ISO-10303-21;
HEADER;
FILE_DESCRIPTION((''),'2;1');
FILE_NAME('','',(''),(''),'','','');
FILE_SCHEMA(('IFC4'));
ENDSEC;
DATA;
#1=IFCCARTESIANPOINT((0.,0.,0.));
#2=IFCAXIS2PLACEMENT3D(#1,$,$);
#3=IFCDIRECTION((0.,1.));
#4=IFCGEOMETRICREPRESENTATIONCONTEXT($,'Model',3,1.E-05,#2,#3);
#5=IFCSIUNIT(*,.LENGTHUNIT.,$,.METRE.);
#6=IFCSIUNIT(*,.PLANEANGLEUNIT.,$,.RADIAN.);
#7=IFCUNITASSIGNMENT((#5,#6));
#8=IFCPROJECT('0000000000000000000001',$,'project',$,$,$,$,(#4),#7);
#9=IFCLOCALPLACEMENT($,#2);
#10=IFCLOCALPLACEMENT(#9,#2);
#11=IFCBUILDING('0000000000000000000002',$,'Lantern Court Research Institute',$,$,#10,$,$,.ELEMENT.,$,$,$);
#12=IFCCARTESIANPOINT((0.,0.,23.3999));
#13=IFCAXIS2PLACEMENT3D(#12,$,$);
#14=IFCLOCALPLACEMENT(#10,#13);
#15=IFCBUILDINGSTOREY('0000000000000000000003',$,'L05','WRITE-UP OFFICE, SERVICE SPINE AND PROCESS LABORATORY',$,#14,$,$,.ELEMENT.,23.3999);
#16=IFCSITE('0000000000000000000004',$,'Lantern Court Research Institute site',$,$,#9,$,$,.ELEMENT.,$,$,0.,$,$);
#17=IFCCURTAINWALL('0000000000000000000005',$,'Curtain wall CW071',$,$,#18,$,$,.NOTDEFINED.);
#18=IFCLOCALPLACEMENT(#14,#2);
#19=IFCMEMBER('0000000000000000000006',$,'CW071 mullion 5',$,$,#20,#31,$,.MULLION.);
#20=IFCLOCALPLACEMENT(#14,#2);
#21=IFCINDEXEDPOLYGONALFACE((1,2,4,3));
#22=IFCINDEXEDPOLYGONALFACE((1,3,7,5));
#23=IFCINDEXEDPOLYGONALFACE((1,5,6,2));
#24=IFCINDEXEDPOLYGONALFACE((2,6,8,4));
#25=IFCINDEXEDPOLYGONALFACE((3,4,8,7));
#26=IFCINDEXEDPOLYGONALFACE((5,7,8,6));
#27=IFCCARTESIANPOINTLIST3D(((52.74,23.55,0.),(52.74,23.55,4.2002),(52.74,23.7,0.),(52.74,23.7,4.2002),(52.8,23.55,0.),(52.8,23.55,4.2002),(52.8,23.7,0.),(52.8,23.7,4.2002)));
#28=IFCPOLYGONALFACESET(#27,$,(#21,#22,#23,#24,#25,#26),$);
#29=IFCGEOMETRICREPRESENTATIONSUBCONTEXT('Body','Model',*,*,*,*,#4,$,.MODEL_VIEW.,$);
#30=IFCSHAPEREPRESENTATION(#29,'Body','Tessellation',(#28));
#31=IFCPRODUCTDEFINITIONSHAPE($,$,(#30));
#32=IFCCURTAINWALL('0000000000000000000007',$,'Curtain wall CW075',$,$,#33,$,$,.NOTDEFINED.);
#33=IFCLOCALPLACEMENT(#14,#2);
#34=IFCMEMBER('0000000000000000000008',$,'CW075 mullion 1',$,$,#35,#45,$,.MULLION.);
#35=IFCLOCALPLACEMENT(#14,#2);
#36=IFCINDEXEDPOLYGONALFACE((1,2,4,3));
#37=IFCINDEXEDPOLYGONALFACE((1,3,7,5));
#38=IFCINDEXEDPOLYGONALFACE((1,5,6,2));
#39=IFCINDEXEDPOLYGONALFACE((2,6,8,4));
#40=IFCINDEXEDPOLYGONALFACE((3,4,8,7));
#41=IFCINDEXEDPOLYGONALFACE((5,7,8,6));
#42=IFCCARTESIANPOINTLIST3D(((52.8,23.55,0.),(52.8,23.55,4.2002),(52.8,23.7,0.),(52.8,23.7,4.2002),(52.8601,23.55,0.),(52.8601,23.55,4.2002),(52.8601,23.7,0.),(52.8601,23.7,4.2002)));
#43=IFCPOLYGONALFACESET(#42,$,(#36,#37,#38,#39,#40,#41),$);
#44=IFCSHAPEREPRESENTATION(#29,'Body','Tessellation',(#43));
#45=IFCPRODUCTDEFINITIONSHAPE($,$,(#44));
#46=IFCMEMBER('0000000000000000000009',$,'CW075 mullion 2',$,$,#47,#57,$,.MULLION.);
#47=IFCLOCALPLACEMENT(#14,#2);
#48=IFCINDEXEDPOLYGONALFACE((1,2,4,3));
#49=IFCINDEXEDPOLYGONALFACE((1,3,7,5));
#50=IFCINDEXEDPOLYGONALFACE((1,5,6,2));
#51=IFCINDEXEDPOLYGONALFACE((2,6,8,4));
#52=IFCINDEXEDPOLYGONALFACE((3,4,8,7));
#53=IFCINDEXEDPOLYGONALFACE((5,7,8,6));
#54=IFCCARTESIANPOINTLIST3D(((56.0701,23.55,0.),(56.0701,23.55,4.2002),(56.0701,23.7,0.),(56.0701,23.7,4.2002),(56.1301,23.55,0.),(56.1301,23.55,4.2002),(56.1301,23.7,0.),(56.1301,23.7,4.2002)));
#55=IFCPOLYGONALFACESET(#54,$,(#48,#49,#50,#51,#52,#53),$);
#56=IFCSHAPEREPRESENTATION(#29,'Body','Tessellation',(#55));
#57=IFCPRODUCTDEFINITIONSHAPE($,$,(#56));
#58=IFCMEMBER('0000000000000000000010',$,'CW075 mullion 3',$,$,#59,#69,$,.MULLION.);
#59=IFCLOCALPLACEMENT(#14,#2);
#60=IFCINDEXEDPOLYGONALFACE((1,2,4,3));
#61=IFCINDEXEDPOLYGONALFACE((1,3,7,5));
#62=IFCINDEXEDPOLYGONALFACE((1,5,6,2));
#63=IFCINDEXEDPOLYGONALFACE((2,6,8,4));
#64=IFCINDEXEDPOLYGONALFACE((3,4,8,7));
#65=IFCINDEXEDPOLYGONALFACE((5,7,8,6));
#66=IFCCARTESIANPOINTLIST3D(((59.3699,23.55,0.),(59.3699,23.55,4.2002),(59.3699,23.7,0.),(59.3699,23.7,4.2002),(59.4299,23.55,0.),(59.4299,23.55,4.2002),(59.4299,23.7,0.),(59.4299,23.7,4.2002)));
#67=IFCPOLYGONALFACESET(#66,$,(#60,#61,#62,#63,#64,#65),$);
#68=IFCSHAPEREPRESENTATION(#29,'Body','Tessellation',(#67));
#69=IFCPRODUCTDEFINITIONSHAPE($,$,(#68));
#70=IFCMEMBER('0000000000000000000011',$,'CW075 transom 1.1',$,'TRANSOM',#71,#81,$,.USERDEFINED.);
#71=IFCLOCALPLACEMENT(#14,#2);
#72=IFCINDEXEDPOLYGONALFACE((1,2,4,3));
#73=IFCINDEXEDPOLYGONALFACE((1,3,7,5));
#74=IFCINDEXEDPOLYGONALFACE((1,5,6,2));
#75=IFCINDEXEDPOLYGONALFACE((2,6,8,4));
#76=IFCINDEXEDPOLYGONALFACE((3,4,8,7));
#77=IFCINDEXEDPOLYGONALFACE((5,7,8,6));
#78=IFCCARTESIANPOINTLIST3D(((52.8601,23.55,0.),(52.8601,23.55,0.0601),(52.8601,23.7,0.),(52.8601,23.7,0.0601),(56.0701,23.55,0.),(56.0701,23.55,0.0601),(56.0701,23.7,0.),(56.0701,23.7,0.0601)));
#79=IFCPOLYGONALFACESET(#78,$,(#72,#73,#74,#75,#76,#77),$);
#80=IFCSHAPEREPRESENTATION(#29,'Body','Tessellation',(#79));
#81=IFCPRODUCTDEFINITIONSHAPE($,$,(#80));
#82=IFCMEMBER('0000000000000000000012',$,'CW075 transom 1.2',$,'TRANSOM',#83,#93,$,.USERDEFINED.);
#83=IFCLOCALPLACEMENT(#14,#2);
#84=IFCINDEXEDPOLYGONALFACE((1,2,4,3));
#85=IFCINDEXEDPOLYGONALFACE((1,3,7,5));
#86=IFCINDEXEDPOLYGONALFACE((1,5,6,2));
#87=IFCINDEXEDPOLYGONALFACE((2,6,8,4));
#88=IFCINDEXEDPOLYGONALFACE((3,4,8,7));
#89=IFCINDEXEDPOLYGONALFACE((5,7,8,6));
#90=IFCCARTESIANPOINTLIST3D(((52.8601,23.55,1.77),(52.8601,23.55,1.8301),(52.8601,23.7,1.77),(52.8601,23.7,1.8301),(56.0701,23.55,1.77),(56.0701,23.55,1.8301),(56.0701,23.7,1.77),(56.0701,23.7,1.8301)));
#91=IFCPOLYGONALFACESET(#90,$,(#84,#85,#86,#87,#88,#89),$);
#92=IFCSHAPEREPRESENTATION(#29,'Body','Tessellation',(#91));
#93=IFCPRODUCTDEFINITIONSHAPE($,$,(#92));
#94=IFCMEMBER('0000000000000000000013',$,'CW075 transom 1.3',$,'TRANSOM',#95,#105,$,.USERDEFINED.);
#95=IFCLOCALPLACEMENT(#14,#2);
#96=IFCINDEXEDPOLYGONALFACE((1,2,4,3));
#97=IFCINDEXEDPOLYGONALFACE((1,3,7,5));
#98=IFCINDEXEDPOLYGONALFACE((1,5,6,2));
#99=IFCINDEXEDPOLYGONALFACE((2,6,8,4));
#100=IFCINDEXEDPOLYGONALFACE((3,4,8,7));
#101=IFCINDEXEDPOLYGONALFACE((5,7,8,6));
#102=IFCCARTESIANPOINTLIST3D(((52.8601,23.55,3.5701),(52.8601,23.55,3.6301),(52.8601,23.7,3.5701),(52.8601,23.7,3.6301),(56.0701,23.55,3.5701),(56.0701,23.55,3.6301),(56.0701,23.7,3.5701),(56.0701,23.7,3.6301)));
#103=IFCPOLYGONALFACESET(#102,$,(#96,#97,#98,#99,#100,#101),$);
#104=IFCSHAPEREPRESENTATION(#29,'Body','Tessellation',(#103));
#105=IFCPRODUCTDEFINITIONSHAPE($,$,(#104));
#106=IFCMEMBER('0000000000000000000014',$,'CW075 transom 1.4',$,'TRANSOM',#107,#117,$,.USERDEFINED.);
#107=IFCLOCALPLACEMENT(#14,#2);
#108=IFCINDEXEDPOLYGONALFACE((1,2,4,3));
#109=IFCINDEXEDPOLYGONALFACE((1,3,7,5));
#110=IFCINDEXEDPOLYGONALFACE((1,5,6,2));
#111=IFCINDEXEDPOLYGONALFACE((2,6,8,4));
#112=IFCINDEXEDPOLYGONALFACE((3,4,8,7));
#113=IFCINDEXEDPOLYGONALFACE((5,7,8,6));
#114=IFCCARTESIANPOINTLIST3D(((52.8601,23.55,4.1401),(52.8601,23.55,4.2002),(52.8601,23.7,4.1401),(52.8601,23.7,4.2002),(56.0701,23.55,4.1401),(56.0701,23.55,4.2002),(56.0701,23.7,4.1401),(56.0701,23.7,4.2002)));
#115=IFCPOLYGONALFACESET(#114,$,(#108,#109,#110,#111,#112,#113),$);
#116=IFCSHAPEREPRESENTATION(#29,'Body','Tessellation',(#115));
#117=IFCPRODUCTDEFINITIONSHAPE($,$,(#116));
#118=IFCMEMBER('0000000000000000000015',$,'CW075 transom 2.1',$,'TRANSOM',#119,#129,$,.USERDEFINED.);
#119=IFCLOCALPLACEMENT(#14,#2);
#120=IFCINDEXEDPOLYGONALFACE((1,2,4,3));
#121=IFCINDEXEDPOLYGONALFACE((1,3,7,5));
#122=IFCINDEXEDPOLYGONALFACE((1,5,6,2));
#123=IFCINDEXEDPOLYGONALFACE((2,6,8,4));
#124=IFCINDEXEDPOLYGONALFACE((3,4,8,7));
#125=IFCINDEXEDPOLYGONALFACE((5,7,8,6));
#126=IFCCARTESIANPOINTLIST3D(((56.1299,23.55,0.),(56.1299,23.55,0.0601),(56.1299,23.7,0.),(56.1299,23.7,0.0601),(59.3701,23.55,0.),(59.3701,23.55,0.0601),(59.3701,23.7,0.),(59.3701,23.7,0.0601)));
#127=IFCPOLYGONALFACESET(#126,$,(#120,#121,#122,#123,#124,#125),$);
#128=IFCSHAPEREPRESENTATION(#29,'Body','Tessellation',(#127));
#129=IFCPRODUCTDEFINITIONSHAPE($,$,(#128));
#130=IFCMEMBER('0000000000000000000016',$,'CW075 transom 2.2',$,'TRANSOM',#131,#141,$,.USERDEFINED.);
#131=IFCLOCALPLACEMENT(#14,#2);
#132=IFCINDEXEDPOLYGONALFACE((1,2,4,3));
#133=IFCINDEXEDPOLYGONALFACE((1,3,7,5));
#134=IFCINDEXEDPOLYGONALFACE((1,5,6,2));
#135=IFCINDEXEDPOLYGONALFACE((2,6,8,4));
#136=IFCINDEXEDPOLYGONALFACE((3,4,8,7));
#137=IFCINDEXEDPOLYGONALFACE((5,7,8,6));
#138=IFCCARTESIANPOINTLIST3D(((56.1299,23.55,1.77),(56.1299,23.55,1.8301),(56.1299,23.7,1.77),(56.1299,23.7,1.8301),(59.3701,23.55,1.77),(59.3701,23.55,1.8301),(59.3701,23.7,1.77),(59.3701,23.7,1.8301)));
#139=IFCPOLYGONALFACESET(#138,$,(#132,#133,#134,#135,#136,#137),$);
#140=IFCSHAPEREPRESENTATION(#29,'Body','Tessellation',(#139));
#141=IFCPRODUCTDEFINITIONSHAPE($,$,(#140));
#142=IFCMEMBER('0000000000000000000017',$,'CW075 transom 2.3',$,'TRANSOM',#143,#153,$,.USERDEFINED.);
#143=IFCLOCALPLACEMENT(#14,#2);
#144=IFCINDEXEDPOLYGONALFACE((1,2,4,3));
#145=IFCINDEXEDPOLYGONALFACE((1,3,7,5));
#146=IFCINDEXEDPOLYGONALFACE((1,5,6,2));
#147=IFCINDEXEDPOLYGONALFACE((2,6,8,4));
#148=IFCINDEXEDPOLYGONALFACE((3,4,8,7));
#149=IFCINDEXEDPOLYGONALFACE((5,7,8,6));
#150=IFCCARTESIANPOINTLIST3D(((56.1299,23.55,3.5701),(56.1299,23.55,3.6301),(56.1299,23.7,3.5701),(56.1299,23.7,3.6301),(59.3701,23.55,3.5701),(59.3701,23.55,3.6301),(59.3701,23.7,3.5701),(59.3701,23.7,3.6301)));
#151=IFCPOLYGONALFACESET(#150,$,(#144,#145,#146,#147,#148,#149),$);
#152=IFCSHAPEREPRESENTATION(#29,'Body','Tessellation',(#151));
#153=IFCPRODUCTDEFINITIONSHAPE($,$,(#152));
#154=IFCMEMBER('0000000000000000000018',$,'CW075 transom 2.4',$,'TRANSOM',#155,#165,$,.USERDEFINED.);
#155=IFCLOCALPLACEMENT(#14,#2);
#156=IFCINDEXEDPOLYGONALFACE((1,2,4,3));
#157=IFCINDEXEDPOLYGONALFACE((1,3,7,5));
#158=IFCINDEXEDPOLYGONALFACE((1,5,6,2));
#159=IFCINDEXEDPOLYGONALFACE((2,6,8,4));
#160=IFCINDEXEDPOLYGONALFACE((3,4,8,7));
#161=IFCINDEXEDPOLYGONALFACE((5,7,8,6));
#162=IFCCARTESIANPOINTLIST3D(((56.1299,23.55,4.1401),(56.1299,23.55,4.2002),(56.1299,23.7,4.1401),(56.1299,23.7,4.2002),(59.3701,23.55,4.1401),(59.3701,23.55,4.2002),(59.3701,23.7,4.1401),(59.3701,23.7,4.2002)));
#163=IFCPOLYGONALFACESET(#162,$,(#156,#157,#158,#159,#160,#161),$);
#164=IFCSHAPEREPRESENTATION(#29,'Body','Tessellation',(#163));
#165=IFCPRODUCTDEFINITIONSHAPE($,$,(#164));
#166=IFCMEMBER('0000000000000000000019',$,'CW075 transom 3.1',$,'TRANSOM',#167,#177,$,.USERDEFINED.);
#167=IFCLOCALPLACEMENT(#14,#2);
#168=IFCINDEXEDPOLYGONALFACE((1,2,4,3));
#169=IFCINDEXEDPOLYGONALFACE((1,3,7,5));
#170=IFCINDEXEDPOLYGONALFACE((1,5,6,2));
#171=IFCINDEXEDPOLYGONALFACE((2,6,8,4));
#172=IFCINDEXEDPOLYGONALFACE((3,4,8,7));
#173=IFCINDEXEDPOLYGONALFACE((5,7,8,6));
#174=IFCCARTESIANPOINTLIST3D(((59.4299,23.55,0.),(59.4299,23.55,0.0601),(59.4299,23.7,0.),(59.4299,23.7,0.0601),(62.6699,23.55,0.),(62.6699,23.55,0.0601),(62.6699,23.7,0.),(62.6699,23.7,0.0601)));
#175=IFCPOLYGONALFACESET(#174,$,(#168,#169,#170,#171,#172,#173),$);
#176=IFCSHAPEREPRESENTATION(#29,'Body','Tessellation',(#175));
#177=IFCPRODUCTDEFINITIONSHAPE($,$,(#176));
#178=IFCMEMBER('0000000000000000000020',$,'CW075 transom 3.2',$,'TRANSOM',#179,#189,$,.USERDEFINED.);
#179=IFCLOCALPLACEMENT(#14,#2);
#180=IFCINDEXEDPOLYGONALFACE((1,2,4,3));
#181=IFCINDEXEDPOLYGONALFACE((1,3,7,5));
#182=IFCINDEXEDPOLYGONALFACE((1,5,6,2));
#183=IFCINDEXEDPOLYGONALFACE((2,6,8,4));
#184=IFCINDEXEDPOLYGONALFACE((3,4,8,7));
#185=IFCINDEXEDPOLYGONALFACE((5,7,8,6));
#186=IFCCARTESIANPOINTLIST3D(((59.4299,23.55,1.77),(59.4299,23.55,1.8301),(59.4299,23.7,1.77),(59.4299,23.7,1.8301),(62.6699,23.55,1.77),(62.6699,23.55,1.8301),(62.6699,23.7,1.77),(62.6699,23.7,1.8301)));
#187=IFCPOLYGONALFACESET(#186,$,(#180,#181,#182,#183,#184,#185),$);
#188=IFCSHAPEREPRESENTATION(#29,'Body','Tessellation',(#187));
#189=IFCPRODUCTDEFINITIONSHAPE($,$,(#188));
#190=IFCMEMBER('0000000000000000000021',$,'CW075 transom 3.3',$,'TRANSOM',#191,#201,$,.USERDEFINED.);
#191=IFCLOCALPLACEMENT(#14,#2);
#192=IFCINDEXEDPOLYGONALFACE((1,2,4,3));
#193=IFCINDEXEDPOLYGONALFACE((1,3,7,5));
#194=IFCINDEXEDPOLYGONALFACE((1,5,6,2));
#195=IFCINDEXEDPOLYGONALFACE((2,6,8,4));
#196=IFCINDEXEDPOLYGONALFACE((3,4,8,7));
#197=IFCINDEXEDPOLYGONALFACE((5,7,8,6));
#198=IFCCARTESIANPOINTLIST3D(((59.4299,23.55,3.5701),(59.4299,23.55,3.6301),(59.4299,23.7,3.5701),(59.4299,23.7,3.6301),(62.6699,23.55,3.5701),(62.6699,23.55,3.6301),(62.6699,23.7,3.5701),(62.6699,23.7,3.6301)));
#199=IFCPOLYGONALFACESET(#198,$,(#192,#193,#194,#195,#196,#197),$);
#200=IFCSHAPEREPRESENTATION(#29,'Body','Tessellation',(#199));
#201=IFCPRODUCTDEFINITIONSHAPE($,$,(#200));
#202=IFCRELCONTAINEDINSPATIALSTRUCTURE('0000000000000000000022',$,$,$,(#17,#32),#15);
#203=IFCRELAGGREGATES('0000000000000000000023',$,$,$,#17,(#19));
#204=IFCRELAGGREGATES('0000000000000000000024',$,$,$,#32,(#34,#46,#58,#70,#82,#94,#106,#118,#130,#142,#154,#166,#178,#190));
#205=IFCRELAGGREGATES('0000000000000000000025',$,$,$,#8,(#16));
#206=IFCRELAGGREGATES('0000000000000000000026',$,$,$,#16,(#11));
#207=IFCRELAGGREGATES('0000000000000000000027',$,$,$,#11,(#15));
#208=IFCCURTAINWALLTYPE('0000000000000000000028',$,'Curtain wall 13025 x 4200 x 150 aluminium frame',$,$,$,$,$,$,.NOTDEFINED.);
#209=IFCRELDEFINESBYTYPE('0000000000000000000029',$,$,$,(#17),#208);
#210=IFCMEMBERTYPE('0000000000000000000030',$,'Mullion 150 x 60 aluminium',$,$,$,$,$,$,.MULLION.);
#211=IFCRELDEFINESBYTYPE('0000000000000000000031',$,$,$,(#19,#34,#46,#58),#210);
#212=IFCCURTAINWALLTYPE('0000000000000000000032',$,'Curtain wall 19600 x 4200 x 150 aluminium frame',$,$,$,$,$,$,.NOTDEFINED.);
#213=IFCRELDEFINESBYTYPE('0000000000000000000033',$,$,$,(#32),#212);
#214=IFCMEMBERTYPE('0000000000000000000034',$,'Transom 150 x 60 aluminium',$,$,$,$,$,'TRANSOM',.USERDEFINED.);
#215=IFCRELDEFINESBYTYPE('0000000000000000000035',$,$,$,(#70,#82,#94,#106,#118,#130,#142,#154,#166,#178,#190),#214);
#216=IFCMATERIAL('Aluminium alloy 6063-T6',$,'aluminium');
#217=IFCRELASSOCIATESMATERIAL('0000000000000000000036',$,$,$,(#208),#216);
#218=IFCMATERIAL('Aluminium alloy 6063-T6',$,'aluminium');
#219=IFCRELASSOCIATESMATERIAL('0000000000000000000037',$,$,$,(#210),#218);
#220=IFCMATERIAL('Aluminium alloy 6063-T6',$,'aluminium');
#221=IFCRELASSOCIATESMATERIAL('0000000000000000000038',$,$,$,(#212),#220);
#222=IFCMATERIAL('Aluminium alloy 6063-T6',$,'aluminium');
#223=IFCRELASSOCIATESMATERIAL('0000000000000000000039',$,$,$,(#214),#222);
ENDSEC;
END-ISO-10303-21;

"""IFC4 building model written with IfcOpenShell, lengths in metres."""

from ifc_helpers import new_model, si_unit, direction, frame, origin, origin_2d, place, context, subcontext, project, spatial, rectangle, extrude, material, material_profile, profile_set, type_object, element, aggregate, save


model = new_model("IFC4")

# Units and contexts
model_context = context("Model", 3, precision=1e-05, world=origin(), true_north=direction((0.0, 1.0)))
body_context = subcontext(model_context, "Body", "Model", "MODEL_VIEW")
ifc_project = project(units=[si_unit("LENGTHUNIT", "METRE"), si_unit("PLANEANGLEUNIT", "RADIAN")], contexts=[model_context])

# Site, building, storey
site_placement = place(None, origin())
site = spatial("IfcSite", under=ifc_project, at=site_placement, Name="Lantern Court Research Institute site", CompositionType="ELEMENT", RefElevation=0.0)
building_placement = place(site_placement, origin())
building = spatial("IfcBuilding", under=site, at=building_placement, Name="Lantern Court Research Institute", CompositionType="ELEMENT")
storey_placement = place(building_placement, frame((0.0, 0.0, 23.3999)))
storey = spatial("IfcBuildingStorey", under=building, at=storey_placement, Name="L05", Description="WRITE-UP OFFICE, SERVICE SPINE AND PROCESS LABORATORY", CompositionType="ELEMENT", Elevation=23.3999)

# Curtain wall, member
ifc_material_1 = material(Name="Aluminium alloy 6063-T6", Category="aluminium")
curtain_wall_type_1 = type_object("IfcCurtainWallType", Name="Curtain wall 13025 x 4200 x 150 aluminium frame", PredefinedType="NOTDEFINED", material=ifc_material_1)
curtain_wall_1_placement = place(storey_placement, origin())
curtain_wall_1 = element("IfcCurtainWall", 1, at=curtain_wall_1_placement, inside=storey, type_object=curtain_wall_type_1, Name="Curtain wall CW071", PredefinedType="NOTDEFINED")
ifc_material_2 = material(Name="Aluminium alloy 6063-T6", Category="aluminium")
ifc_material_profile_1 = material_profile(ifc_material_2, rectangle(XDim=0.1499, YDim=0.0601, at=origin_2d()), Name="Mullion 150 x 60")
ifc_profile_set_1 = profile_set([ifc_material_profile_1], Name="Aluminium alloy 6063-T6")
member_type_1 = type_object("IfcMemberType", Name="Mullion 150 x 60 aluminium", PredefinedType="MULLION", material=ifc_profile_set_1)
member_1_placement = place(storey_placement, frame((52.77, 23.625, 0.0), z_axis=(0.0, 0.0, 1.0), x_axis=(0.0, 1.0, 0.0)))
member_1 = element("IfcMember", 2, at=member_1_placement, type_object=member_type_1, Name="CW071 mullion 5", PredefinedType="MULLION", context=body_context, shape_type="SweptSolid", body=[
    extrude(rectangle(XDim=0.1499, YDim=0.0601, at=origin_2d()), origin(), (0.0, 0.0, 1.0), 4.2002),
])

# Curtain wall, members
ifc_material_3 = material(Name="Aluminium alloy 6063-T6", Category="aluminium")
curtain_wall_type_2 = type_object("IfcCurtainWallType", Name="Curtain wall 19600 x 4200 x 150 aluminium frame", PredefinedType="NOTDEFINED", material=ifc_material_3)
curtain_wall_2_placement = place(storey_placement, origin())
curtain_wall_2 = element("IfcCurtainWall", 3, at=curtain_wall_2_placement, inside=storey, type_object=curtain_wall_type_2, Name="Curtain wall CW075", PredefinedType="NOTDEFINED")
member_2_placement = place(storey_placement, frame((52.8301, 23.625, 0.0), z_axis=(0.0, 0.0, 1.0), x_axis=(0.0, 1.0, 0.0)))
member_2 = element("IfcMember", 4, at=member_2_placement, type_object=member_type_1, Name="CW075 mullion 1", PredefinedType="MULLION", context=body_context, shape_type="SweptSolid", body=[
    extrude(rectangle(XDim=0.1499, YDim=0.0601, at=origin_2d()), origin(), (0.0, 0.0, 1.0), 4.2002),
])
member_3_placement = place(storey_placement, frame((56.1001, 23.625, 0.0), z_axis=(0.0, 0.0, 1.0), x_axis=(0.0, 1.0, 0.0)))
member_3 = element("IfcMember", 5, at=member_3_placement, type_object=member_type_1, Name="CW075 mullion 2", PredefinedType="MULLION", context=body_context, shape_type="SweptSolid", body=[
    extrude(rectangle(XDim=0.1499, YDim=0.0601, at=origin_2d()), origin(), (0.0, 0.0, 1.0), 4.2002),
])
member_4_placement = place(storey_placement, frame((59.3999, 23.625, 0.0), z_axis=(0.0, 0.0, 1.0), x_axis=(0.0, 1.0, 0.0)))
member_4 = element("IfcMember", 6, at=member_4_placement, type_object=member_type_1, Name="CW075 mullion 3", PredefinedType="MULLION", context=body_context, shape_type="SweptSolid", body=[
    extrude(rectangle(XDim=0.1499, YDim=0.0601, at=origin_2d()), origin(), (0.0, 0.0, 1.0), 4.2002),
])
ifc_material_4 = material(Name="Aluminium alloy 6063-T6", Category="aluminium")
ifc_material_profile_2 = material_profile(ifc_material_4, rectangle(XDim=0.1499, YDim=0.0601, at=origin_2d()), Name="Transom 150 x 60")
ifc_profile_set_2 = profile_set([ifc_material_profile_2], Name="Aluminium alloy 6063-T6")
member_type_2 = type_object("IfcMemberType", Name="Transom 150 x 60 aluminium", ElementType="TRANSOM", PredefinedType="USERDEFINED", material=ifc_profile_set_2)
member_5_placement = place(storey_placement, frame((52.8601, 23.625, 0.03), z_axis=(1.0, 0.0, 0.0), x_axis=(0.0, 1.0, 0.0)))
member_5 = element("IfcMember", 7, at=member_5_placement, type_object=member_type_2, Name="CW075 transom 1.1", ObjectType="TRANSOM", PredefinedType="USERDEFINED", context=body_context, shape_type="SweptSolid", body=[
    extrude(rectangle(XDim=0.1499, YDim=0.0601, at=origin_2d()), origin(), (0.0, 0.0, 1.0), 3.21),
])
member_6_placement = place(storey_placement, frame((52.8601, 23.625, 1.8), z_axis=(1.0, 0.0, 0.0), x_axis=(0.0, 1.0, 0.0)))
member_6 = element("IfcMember", 8, at=member_6_placement, type_object=member_type_2, Name="CW075 transom 1.2", ObjectType="TRANSOM", PredefinedType="USERDEFINED", context=body_context, shape_type="SweptSolid", body=[
    extrude(rectangle(XDim=0.1499, YDim=0.0601, at=origin_2d()), origin(), (0.0, 0.0, 1.0), 3.21),
])
member_7_placement = place(storey_placement, frame((52.8601, 23.625, 3.6001), z_axis=(1.0, 0.0, 0.0), x_axis=(0.0, 1.0, 0.0)))
member_7 = element("IfcMember", 9, at=member_7_placement, type_object=member_type_2, Name="CW075 transom 1.3", ObjectType="TRANSOM", PredefinedType="USERDEFINED", context=body_context, shape_type="SweptSolid", body=[
    extrude(rectangle(XDim=0.1499, YDim=0.0601, at=origin_2d()), origin(), (0.0, 0.0, 1.0), 3.21),
])
member_8_placement = place(storey_placement, frame((52.8601, 23.625, 4.1702), z_axis=(1.0, 0.0, 0.0), x_axis=(0.0, 1.0, 0.0)))
member_8 = element("IfcMember", 10, at=member_8_placement, type_object=member_type_2, Name="CW075 transom 1.4", ObjectType="TRANSOM", PredefinedType="USERDEFINED", context=body_context, shape_type="SweptSolid", body=[
    extrude(rectangle(XDim=0.1499, YDim=0.0601, at=origin_2d()), origin(), (0.0, 0.0, 1.0), 3.21),
])
member_9_placement = place(storey_placement, frame((56.1299, 23.625, 0.03), z_axis=(1.0, 0.0, 0.0), x_axis=(0.0, 1.0, 0.0)))
member_9 = element("IfcMember", 11, at=member_9_placement, type_object=member_type_2, Name="CW075 transom 2.1", ObjectType="TRANSOM", PredefinedType="USERDEFINED", context=body_context, shape_type="SweptSolid", body=[
    extrude(rectangle(XDim=0.1499, YDim=0.0601, at=origin_2d()), origin(), (0.0, 0.0, 1.0), 3.2402),
])
member_10_placement = place(storey_placement, frame((56.1299, 23.625, 1.8), z_axis=(1.0, 0.0, 0.0), x_axis=(0.0, 1.0, 0.0)))
member_10 = element("IfcMember", 12, at=member_10_placement, type_object=member_type_2, Name="CW075 transom 2.2", ObjectType="TRANSOM", PredefinedType="USERDEFINED", context=body_context, shape_type="SweptSolid", body=[
    extrude(rectangle(XDim=0.1499, YDim=0.0601, at=origin_2d()), origin(), (0.0, 0.0, 1.0), 3.2402),
])
member_11_placement = place(storey_placement, frame((56.1299, 23.625, 3.6001), z_axis=(1.0, 0.0, 0.0), x_axis=(0.0, 1.0, 0.0)))
member_11 = element("IfcMember", 13, at=member_11_placement, type_object=member_type_2, Name="CW075 transom 2.3", ObjectType="TRANSOM", PredefinedType="USERDEFINED", context=body_context, shape_type="SweptSolid", body=[
    extrude(rectangle(XDim=0.1499, YDim=0.0601, at=origin_2d()), origin(), (0.0, 0.0, 1.0), 3.2402),
])
member_12_placement = place(storey_placement, frame((56.1299, 23.625, 4.1702), z_axis=(1.0, 0.0, 0.0), x_axis=(0.0, 1.0, 0.0)))
member_12 = element("IfcMember", 14, at=member_12_placement, type_object=member_type_2, Name="CW075 transom 2.4", ObjectType="TRANSOM", PredefinedType="USERDEFINED", context=body_context, shape_type="SweptSolid", body=[
    extrude(rectangle(XDim=0.1499, YDim=0.0601, at=origin_2d()), origin(), (0.0, 0.0, 1.0), 3.2402),
])
member_13_placement = place(storey_placement, frame((59.4299, 23.625, 0.03), z_axis=(1.0, 0.0, 0.0), x_axis=(0.0, 1.0, 0.0)))
member_13 = element("IfcMember", 15, at=member_13_placement, type_object=member_type_2, Name="CW075 transom 3.1", ObjectType="TRANSOM", PredefinedType="USERDEFINED", context=body_context, shape_type="SweptSolid", body=[
    extrude(rectangle(XDim=0.1499, YDim=0.0601, at=origin_2d()), origin(), (0.0, 0.0, 1.0), 3.24),
])
member_14_placement = place(storey_placement, frame((59.4299, 23.625, 1.8), z_axis=(1.0, 0.0, 0.0), x_axis=(0.0, 1.0, 0.0)))
member_14 = element("IfcMember", 16, at=member_14_placement, type_object=member_type_2, Name="CW075 transom 3.2", ObjectType="TRANSOM", PredefinedType="USERDEFINED", context=body_context, shape_type="SweptSolid", body=[
    extrude(rectangle(XDim=0.1499, YDim=0.0601, at=origin_2d()), origin(), (0.0, 0.0, 1.0), 3.24),
])
member_15_placement = place(storey_placement, frame((59.4299, 23.625, 3.6001), z_axis=(1.0, 0.0, 0.0), x_axis=(0.0, 1.0, 0.0)))
member_15 = element("IfcMember", 17, at=member_15_placement, type_object=member_type_2, Name="CW075 transom 3.3", ObjectType="TRANSOM", PredefinedType="USERDEFINED", context=body_context, shape_type="SweptSolid", body=[
    extrude(rectangle(XDim=0.1499, YDim=0.0601, at=origin_2d()), origin(), (0.0, 0.0, 1.0), 3.24),
])

aggregate(curtain_wall_1, [member_1])
aggregate(curtain_wall_2, [member_2, member_3, member_4, member_5, member_6, member_7, member_8, member_9, member_10, member_11, member_12, member_13, member_14, member_15])

save(model, "model.ifc")
